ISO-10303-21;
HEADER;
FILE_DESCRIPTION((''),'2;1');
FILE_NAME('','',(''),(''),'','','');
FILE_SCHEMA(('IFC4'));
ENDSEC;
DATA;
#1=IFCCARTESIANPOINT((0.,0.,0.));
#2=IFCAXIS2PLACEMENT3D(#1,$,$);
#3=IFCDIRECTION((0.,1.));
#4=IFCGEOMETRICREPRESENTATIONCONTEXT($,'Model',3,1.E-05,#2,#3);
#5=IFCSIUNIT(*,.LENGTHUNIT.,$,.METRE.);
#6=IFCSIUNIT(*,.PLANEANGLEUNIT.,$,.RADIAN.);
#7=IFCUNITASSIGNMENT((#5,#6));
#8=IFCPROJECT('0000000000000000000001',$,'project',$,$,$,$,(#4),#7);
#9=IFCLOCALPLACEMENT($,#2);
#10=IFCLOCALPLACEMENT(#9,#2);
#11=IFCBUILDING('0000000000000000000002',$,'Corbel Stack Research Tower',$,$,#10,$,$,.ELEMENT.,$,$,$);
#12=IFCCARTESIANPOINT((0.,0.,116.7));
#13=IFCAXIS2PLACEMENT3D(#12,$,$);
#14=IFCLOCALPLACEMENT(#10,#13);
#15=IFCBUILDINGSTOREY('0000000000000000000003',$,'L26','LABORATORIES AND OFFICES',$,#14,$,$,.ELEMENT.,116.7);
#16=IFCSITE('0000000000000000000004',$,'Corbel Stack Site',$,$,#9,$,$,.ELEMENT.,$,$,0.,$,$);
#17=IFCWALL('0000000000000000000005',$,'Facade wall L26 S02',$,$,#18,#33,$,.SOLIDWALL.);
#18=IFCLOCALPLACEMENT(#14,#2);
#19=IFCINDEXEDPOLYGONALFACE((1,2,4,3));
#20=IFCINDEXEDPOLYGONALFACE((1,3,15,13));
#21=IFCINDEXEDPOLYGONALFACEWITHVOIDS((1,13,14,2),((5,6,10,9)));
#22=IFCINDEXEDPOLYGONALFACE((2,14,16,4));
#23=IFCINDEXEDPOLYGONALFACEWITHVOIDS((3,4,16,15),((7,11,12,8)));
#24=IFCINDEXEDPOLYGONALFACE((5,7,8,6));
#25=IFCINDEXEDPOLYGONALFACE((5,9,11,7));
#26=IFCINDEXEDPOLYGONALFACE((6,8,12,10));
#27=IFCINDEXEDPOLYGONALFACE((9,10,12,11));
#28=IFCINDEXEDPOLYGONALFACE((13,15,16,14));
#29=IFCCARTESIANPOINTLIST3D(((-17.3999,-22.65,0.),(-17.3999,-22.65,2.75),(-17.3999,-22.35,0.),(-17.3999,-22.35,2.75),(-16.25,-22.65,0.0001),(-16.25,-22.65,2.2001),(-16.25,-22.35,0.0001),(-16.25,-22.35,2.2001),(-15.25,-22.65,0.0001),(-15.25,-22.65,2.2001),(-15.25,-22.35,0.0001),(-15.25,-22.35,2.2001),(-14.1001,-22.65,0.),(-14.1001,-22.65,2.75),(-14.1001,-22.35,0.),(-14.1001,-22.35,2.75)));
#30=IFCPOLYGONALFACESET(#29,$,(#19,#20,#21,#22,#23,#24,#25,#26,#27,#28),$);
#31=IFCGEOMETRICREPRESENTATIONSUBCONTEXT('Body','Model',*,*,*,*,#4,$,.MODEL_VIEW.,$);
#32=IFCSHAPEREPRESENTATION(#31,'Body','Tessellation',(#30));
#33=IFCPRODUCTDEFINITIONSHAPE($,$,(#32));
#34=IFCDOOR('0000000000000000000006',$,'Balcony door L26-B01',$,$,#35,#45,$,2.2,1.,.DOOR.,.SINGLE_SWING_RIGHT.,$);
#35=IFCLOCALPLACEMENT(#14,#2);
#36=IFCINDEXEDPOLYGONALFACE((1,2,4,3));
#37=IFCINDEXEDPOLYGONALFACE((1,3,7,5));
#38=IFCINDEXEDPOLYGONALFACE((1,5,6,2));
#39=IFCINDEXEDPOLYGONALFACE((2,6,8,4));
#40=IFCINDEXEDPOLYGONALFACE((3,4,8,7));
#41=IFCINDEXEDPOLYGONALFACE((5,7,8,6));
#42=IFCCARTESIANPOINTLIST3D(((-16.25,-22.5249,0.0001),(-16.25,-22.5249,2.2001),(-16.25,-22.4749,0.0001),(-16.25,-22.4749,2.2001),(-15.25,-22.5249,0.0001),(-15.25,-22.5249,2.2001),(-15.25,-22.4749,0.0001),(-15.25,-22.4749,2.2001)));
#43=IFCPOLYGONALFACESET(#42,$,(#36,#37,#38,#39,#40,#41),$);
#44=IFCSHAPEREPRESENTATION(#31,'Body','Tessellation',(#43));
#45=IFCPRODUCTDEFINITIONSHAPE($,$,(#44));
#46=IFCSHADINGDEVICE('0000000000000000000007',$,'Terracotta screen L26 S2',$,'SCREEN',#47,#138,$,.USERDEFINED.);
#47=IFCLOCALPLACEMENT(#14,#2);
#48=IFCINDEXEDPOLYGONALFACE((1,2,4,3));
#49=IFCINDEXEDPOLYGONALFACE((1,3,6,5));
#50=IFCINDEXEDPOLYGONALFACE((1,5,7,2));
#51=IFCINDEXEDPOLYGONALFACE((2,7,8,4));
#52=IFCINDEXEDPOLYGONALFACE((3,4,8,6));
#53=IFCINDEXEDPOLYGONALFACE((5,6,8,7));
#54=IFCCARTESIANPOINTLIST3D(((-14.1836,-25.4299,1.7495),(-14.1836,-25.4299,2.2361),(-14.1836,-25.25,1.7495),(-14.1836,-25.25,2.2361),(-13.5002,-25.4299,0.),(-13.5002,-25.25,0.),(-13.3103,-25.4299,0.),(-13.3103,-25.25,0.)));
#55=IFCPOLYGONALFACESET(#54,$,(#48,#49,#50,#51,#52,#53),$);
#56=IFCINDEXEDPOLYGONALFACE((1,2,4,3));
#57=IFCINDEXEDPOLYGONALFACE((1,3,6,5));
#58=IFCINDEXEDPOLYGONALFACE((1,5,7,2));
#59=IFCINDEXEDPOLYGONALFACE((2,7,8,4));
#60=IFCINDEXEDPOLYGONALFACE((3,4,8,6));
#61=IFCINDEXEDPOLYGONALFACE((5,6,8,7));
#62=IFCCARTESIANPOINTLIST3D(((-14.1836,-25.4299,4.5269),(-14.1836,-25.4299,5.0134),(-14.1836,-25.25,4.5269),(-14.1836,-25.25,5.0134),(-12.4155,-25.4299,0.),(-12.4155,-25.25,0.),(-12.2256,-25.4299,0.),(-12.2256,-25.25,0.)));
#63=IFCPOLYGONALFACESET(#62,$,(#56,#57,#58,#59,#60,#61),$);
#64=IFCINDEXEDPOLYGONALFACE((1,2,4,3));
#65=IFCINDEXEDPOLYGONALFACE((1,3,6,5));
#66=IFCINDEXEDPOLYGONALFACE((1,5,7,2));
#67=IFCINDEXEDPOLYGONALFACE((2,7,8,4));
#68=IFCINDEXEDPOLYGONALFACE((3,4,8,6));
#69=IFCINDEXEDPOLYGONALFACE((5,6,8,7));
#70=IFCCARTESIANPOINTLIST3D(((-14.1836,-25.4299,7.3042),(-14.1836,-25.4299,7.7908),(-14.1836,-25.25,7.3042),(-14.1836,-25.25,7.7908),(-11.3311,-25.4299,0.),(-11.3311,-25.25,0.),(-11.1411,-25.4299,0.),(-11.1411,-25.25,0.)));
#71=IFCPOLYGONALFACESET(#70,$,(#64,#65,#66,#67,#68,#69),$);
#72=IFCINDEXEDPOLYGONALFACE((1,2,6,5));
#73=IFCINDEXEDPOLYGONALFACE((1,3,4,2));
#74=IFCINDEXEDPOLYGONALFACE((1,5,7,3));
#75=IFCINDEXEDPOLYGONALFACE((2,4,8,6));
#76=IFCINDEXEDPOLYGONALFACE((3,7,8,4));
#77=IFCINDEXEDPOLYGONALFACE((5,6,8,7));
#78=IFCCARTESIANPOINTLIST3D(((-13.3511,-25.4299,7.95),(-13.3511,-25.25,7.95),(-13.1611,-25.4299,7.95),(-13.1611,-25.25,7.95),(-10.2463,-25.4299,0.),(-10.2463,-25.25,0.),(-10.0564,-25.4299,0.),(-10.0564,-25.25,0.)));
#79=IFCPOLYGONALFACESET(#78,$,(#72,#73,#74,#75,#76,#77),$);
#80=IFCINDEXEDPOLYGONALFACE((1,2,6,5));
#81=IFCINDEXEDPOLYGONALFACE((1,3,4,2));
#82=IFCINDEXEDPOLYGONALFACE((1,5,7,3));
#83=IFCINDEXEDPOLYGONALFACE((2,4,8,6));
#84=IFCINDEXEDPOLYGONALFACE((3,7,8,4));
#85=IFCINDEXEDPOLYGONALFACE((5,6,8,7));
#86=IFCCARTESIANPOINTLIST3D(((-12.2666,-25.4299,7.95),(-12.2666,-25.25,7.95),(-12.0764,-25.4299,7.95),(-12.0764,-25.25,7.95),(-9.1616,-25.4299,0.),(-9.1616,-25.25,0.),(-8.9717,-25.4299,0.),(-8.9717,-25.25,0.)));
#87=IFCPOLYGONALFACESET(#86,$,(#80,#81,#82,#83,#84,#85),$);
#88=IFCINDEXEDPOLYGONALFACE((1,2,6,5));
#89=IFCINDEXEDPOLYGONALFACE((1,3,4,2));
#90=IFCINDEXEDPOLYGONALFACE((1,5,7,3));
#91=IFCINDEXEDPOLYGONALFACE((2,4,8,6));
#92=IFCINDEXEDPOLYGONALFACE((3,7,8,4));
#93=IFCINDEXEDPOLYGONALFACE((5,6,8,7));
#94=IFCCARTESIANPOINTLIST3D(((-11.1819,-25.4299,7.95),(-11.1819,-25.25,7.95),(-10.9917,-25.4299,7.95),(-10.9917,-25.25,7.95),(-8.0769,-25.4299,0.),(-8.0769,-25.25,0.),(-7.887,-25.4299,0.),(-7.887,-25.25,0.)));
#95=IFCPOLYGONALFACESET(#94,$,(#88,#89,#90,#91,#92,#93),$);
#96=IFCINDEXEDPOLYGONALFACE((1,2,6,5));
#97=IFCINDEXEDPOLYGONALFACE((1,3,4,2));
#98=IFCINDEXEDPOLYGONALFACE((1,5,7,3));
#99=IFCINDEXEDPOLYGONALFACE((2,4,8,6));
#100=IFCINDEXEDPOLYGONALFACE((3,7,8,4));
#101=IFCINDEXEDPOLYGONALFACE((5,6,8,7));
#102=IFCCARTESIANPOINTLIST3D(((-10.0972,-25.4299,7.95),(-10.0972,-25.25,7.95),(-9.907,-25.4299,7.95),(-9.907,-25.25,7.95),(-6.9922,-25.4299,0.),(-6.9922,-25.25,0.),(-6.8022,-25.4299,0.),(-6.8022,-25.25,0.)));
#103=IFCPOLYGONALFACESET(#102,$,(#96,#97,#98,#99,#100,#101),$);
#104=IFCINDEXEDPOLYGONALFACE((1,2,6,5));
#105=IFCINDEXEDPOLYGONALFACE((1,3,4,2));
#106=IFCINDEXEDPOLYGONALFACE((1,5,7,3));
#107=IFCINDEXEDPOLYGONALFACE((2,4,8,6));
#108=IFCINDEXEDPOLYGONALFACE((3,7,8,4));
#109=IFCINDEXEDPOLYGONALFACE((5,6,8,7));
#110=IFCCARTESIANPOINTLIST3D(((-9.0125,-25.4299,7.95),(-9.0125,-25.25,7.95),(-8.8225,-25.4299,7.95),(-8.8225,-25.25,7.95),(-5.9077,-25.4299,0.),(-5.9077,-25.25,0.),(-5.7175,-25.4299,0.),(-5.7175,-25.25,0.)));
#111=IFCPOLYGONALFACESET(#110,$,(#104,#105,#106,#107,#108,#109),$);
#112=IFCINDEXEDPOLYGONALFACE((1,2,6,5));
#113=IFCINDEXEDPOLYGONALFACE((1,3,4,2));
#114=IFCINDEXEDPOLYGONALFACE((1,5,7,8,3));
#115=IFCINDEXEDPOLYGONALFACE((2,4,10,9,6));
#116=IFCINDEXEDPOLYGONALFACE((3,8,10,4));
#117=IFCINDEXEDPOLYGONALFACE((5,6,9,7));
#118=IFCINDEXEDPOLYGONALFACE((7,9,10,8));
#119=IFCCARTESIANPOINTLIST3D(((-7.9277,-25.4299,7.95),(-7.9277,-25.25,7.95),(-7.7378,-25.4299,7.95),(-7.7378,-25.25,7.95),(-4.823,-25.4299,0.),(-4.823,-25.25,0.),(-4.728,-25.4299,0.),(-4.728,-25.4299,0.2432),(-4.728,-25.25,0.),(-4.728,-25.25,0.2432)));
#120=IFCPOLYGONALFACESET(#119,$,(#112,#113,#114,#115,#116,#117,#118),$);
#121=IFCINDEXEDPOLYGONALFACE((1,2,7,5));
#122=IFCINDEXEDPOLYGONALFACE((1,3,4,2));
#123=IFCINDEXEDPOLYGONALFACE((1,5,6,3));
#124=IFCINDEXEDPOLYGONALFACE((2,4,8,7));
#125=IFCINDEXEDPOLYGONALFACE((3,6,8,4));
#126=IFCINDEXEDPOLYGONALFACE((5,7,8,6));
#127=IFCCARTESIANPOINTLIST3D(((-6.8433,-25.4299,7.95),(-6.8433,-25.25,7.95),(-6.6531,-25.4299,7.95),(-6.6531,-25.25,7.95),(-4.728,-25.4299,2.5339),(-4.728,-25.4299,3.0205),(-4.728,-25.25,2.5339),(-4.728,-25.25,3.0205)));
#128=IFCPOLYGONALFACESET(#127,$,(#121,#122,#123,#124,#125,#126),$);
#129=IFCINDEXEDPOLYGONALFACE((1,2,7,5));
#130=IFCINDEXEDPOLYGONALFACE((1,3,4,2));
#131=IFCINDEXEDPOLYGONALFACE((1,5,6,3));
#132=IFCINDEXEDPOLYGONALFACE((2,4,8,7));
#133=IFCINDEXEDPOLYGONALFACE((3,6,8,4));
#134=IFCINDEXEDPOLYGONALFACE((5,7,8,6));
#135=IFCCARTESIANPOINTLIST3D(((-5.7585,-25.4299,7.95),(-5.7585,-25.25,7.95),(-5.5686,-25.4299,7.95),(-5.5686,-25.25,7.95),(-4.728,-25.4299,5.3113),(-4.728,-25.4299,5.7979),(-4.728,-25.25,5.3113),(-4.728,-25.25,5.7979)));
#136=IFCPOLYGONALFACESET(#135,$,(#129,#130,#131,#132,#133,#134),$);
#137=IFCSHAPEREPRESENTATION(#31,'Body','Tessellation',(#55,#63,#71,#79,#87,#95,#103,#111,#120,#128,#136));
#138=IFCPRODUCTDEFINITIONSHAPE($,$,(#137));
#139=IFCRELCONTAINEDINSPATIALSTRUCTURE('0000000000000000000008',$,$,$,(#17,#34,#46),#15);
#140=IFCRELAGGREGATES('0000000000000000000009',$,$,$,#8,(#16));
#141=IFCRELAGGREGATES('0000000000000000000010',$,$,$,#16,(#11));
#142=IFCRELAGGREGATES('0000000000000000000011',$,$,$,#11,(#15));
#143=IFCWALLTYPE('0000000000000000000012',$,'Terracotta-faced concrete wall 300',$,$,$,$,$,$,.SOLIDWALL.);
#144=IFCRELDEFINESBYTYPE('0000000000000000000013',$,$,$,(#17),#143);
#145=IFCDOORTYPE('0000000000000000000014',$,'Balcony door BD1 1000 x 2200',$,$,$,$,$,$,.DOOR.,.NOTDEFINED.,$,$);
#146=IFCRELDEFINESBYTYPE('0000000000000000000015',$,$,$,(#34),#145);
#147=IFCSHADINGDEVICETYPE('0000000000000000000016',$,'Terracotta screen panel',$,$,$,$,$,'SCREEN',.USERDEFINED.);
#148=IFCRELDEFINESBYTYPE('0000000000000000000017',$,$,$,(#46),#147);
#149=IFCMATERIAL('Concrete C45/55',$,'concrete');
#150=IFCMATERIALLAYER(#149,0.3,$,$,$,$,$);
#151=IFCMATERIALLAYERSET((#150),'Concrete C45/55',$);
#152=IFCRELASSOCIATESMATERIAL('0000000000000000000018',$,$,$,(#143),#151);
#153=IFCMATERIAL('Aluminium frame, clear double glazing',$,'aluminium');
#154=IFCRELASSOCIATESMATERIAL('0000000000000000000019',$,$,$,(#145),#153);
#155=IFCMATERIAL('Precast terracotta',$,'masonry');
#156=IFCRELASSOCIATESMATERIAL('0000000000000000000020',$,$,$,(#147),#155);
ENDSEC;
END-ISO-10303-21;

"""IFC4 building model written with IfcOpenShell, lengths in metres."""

from ifc_helpers import new_model, si_unit, direction, frame, frame_2d, origin, place, context, subcontext, project, spatial, polyline, rectangle, outline, extrude, source, transform, mapped, material, layer, layer_set, type_object, element, fill, save


model = new_model("IFC4")

# Units and contexts
model_context = context("Model", 3, precision=1e-05, world=origin(), true_north=direction((0.0, 1.0)))
body_context = subcontext(model_context, "Body", "Model", "MODEL_VIEW")
ifc_project = project(units=[si_unit("LENGTHUNIT", "METRE"), si_unit("PLANEANGLEUNIT", "RADIAN")], contexts=[model_context])

# Site, building, storey
site_placement = place(None, origin())
site = spatial("IfcSite", under=ifc_project, at=site_placement, Name="Corbel Stack Site", CompositionType="ELEMENT", RefElevation=0.0)
building_placement = place(site_placement, origin())
building = spatial("IfcBuilding", under=site, at=building_placement, Name="Corbel Stack Research Tower", CompositionType="ELEMENT")
storey_placement = place(building_placement, frame((0.0, 0.0, 116.7)))
storey = spatial("IfcBuildingStorey", under=building, at=storey_placement, Name="L26", Description="LABORATORIES AND OFFICES", CompositionType="ELEMENT", Elevation=116.7)

# Shared definitions
ifc_material_1 = material(Name="Concrete C45/55", Category="concrete")
ifc_layer_1 = layer(ifc_material_1, 0.3)
ifc_layer_set_1 = layer_set([ifc_layer_1], Name="Concrete C45/55")
wall_type_1 = type_object("IfcWallType", Name="Terracotta-faced concrete wall 300", PredefinedType="SOLIDWALL", material=ifc_layer_set_1)

# Wall, opening, door
wall_1_placement = place(storey_placement, frame((-14.1001, -22.5, 0.0), z_axis=(0.0, 0.0, 1.0), x_axis=(-1.0, 0.0, 0.0)))
wall_1 = element("IfcWall", 1, at=wall_1_placement, inside=storey, type_object=wall_type_1, Name="Facade wall L26 S02", PredefinedType="SOLIDWALL", context=body_context, shape_type="SweptSolid", body=[
    extrude(rectangle(XDim=3.2998, YDim=0.3, at=frame_2d((1.6499, 0.0))), origin(), (0.0, 0.0, 1.0), 2.75),
])
opening_1_placement = place(wall_1_placement, frame((1.1499, 0.0, 0.0)))
opening_1 = element("IfcOpeningElement", 2, at=opening_1_placement, cuts=wall_1, PredefinedType="OPENING", context=body_context, shape_type="SweptSolid", body=[
    extrude(rectangle(XDim=1.0, YDim=2.2, at=frame_2d((0.5, 1.1001))), frame((0.0, 0.1599, 0.0), z_axis=(0.0, -1.0, 0.0), x_axis=(1.0, 0.0, 0.0)), (0.0, 0.0, 1.0), 0.3201),
])
ifc_material_2 = material(Name="Aluminium frame, clear double glazing", Category="aluminium")
door_type_1 = type_object("IfcDoorType", Name="Balcony door BD1 1000 x 2200", OperationType="NOTDEFINED", PredefinedType="DOOR", material=ifc_material_2)
door_1_placement = place(opening_1_placement, origin())
door_1 = element("IfcDoor", 3, at=door_1_placement, inside=storey, type_object=door_type_1, Name="Balcony door L26-B01", OperationType="SINGLE_SWING_RIGHT", OverallHeight=2.2, OverallWidth=1.0, PredefinedType="DOOR", context=body_context, shape_type="SweptSolid", body=[
    extrude(rectangle(XDim=1.0, YDim=2.2, at=frame_2d((0.5, 1.1001))), frame((0.0, 0.0249, 0.0), z_axis=(0.0, -1.0, 0.0), x_axis=(1.0, 0.0, 0.0)), (0.0, 0.0, 1.0), 0.05),
])
fill(opening_1, door_1)

# Shading device
ifc_material_3 = material(Name="Precast terracotta", Category="masonry")
shading_device_type = type_object("IfcShadingDeviceType", Name="Terracotta screen panel", ElementType="SCREEN", PredefinedType="USERDEFINED", material=ifc_material_3)
shared_shape = source(origin(), body_context, "Body", "SweptSolid", [
    extrude(outline(polyline([(0.8733, 0.0), (0.0, 2.2361), (0.0, 1.7495), (0.6833, 0.0), (0.8733, 0.0)])), frame((0.0, 0.0, 0.0), z_axis=(0.0, -1.0, 0.0), x_axis=(1.0, 0.0, 0.0)), (0.0, 0.0, 1.0), 0.1799),
    extrude(outline(polyline([(1.958, 0.0), (0.0, 5.0134), (0.0, 4.5269), (1.7681, 0.0), (1.958, 0.0)])), frame((0.0, 0.0, 0.0), z_axis=(0.0, -1.0, 0.0), x_axis=(1.0, 0.0, 0.0)), (0.0, 0.0, 1.0), 0.1799),
    extrude(outline(polyline([(3.0425, 0.0), (0.0, 7.7908), (0.0, 7.3042), (2.8525, 0.0), (3.0425, 0.0)])), frame((0.0, 0.0, 0.0), z_axis=(0.0, -1.0, 0.0), x_axis=(1.0, 0.0, 0.0)), (0.0, 0.0, 1.0), 0.1799),
    extrude(outline(polyline([(4.1272, 0.0), (1.0225, 7.95), (0.8325, 7.95), (3.9373, 0.0), (4.1272, 0.0)])), frame((0.0, 0.0, 0.0), z_axis=(0.0, -1.0, 0.0), x_axis=(1.0, 0.0, 0.0)), (0.0, 0.0, 1.0), 0.1799),
    extrude(outline(polyline([(5.2119, 0.0), (2.1072, 7.95), (1.917, 7.95), (5.022, 0.0), (5.2119, 0.0)])), frame((0.0, 0.0, 0.0), z_axis=(0.0, -1.0, 0.0), x_axis=(1.0, 0.0, 0.0)), (0.0, 0.0, 1.0), 0.1799),
    extrude(outline(polyline([(6.2966, 0.0), (3.1919, 7.95), (3.0017, 7.95), (6.1067, 0.0), (6.2966, 0.0)])), frame((0.0, 0.0, 0.0), z_axis=(0.0, -1.0, 0.0), x_axis=(1.0, 0.0, 0.0)), (0.0, 0.0, 1.0), 0.1799),
    extrude(outline(polyline([(7.3813, 0.0), (4.2766, 7.95), (4.0864, 7.95), (7.1914, 0.0), (7.3813, 0.0)])), frame((0.0, 0.0, 0.0), z_axis=(0.0, -1.0, 0.0), x_axis=(1.0, 0.0, 0.0)), (0.0, 0.0, 1.0), 0.1799),
    extrude(outline(polyline([(8.4661, 0.0), (5.3611, 7.95), (5.1711, 7.95), (8.2759, 0.0), (8.4661, 0.0)])), frame((0.0, 0.0, 0.0), z_axis=(0.0, -1.0, 0.0), x_axis=(1.0, 0.0, 0.0)), (0.0, 0.0, 1.0), 0.1799),
    extrude(outline(polyline([(9.4556, 0.0), (9.4556, 0.2432), (6.4458, 7.95), (6.2559, 7.95), (9.3606, 0.0), (9.4556, 0.0)])), frame((0.0, 0.0, 0.0), z_axis=(0.0, -1.0, 0.0), x_axis=(1.0, 0.0, 0.0)), (0.0, 0.0, 1.0), 0.1799),
    extrude(outline(polyline([(7.5305, 7.95), (7.3403, 7.95), (9.4556, 2.5339), (9.4556, 3.0205), (7.5305, 7.95)])), frame((0.0, 0.0, 0.0), z_axis=(0.0, -1.0, 0.0), x_axis=(1.0, 0.0, 0.0)), (0.0, 0.0, 1.0), 0.1799),
    extrude(outline(polyline([(8.615, 7.95), (8.425, 7.95), (9.4556, 5.3113), (9.4556, 5.7979), (8.615, 7.95)])), frame((0.0, 0.0, 0.0), z_axis=(0.0, -1.0, 0.0), x_axis=(1.0, 0.0, 0.0)), (0.0, 0.0, 1.0), 0.1799),
])
shading_device_placement = place(storey_placement, frame((-14.1836, -25.25, 0.0), z_axis=(0.0, 0.0, 1.0), x_axis=(1.0, 0.0, 0.0)))
element("IfcShadingDevice", 4, at=shading_device_placement, inside=storey, type_object=shading_device_type, Name="Terracotta screen L26 S2", ObjectType="SCREEN", PredefinedType="USERDEFINED", context=body_context, shape_type="MappedRepresentation", body=[
    mapped(shared_shape, transform((0.0, 0.0, 0.0))),
])

save(model, "model.ifc")
